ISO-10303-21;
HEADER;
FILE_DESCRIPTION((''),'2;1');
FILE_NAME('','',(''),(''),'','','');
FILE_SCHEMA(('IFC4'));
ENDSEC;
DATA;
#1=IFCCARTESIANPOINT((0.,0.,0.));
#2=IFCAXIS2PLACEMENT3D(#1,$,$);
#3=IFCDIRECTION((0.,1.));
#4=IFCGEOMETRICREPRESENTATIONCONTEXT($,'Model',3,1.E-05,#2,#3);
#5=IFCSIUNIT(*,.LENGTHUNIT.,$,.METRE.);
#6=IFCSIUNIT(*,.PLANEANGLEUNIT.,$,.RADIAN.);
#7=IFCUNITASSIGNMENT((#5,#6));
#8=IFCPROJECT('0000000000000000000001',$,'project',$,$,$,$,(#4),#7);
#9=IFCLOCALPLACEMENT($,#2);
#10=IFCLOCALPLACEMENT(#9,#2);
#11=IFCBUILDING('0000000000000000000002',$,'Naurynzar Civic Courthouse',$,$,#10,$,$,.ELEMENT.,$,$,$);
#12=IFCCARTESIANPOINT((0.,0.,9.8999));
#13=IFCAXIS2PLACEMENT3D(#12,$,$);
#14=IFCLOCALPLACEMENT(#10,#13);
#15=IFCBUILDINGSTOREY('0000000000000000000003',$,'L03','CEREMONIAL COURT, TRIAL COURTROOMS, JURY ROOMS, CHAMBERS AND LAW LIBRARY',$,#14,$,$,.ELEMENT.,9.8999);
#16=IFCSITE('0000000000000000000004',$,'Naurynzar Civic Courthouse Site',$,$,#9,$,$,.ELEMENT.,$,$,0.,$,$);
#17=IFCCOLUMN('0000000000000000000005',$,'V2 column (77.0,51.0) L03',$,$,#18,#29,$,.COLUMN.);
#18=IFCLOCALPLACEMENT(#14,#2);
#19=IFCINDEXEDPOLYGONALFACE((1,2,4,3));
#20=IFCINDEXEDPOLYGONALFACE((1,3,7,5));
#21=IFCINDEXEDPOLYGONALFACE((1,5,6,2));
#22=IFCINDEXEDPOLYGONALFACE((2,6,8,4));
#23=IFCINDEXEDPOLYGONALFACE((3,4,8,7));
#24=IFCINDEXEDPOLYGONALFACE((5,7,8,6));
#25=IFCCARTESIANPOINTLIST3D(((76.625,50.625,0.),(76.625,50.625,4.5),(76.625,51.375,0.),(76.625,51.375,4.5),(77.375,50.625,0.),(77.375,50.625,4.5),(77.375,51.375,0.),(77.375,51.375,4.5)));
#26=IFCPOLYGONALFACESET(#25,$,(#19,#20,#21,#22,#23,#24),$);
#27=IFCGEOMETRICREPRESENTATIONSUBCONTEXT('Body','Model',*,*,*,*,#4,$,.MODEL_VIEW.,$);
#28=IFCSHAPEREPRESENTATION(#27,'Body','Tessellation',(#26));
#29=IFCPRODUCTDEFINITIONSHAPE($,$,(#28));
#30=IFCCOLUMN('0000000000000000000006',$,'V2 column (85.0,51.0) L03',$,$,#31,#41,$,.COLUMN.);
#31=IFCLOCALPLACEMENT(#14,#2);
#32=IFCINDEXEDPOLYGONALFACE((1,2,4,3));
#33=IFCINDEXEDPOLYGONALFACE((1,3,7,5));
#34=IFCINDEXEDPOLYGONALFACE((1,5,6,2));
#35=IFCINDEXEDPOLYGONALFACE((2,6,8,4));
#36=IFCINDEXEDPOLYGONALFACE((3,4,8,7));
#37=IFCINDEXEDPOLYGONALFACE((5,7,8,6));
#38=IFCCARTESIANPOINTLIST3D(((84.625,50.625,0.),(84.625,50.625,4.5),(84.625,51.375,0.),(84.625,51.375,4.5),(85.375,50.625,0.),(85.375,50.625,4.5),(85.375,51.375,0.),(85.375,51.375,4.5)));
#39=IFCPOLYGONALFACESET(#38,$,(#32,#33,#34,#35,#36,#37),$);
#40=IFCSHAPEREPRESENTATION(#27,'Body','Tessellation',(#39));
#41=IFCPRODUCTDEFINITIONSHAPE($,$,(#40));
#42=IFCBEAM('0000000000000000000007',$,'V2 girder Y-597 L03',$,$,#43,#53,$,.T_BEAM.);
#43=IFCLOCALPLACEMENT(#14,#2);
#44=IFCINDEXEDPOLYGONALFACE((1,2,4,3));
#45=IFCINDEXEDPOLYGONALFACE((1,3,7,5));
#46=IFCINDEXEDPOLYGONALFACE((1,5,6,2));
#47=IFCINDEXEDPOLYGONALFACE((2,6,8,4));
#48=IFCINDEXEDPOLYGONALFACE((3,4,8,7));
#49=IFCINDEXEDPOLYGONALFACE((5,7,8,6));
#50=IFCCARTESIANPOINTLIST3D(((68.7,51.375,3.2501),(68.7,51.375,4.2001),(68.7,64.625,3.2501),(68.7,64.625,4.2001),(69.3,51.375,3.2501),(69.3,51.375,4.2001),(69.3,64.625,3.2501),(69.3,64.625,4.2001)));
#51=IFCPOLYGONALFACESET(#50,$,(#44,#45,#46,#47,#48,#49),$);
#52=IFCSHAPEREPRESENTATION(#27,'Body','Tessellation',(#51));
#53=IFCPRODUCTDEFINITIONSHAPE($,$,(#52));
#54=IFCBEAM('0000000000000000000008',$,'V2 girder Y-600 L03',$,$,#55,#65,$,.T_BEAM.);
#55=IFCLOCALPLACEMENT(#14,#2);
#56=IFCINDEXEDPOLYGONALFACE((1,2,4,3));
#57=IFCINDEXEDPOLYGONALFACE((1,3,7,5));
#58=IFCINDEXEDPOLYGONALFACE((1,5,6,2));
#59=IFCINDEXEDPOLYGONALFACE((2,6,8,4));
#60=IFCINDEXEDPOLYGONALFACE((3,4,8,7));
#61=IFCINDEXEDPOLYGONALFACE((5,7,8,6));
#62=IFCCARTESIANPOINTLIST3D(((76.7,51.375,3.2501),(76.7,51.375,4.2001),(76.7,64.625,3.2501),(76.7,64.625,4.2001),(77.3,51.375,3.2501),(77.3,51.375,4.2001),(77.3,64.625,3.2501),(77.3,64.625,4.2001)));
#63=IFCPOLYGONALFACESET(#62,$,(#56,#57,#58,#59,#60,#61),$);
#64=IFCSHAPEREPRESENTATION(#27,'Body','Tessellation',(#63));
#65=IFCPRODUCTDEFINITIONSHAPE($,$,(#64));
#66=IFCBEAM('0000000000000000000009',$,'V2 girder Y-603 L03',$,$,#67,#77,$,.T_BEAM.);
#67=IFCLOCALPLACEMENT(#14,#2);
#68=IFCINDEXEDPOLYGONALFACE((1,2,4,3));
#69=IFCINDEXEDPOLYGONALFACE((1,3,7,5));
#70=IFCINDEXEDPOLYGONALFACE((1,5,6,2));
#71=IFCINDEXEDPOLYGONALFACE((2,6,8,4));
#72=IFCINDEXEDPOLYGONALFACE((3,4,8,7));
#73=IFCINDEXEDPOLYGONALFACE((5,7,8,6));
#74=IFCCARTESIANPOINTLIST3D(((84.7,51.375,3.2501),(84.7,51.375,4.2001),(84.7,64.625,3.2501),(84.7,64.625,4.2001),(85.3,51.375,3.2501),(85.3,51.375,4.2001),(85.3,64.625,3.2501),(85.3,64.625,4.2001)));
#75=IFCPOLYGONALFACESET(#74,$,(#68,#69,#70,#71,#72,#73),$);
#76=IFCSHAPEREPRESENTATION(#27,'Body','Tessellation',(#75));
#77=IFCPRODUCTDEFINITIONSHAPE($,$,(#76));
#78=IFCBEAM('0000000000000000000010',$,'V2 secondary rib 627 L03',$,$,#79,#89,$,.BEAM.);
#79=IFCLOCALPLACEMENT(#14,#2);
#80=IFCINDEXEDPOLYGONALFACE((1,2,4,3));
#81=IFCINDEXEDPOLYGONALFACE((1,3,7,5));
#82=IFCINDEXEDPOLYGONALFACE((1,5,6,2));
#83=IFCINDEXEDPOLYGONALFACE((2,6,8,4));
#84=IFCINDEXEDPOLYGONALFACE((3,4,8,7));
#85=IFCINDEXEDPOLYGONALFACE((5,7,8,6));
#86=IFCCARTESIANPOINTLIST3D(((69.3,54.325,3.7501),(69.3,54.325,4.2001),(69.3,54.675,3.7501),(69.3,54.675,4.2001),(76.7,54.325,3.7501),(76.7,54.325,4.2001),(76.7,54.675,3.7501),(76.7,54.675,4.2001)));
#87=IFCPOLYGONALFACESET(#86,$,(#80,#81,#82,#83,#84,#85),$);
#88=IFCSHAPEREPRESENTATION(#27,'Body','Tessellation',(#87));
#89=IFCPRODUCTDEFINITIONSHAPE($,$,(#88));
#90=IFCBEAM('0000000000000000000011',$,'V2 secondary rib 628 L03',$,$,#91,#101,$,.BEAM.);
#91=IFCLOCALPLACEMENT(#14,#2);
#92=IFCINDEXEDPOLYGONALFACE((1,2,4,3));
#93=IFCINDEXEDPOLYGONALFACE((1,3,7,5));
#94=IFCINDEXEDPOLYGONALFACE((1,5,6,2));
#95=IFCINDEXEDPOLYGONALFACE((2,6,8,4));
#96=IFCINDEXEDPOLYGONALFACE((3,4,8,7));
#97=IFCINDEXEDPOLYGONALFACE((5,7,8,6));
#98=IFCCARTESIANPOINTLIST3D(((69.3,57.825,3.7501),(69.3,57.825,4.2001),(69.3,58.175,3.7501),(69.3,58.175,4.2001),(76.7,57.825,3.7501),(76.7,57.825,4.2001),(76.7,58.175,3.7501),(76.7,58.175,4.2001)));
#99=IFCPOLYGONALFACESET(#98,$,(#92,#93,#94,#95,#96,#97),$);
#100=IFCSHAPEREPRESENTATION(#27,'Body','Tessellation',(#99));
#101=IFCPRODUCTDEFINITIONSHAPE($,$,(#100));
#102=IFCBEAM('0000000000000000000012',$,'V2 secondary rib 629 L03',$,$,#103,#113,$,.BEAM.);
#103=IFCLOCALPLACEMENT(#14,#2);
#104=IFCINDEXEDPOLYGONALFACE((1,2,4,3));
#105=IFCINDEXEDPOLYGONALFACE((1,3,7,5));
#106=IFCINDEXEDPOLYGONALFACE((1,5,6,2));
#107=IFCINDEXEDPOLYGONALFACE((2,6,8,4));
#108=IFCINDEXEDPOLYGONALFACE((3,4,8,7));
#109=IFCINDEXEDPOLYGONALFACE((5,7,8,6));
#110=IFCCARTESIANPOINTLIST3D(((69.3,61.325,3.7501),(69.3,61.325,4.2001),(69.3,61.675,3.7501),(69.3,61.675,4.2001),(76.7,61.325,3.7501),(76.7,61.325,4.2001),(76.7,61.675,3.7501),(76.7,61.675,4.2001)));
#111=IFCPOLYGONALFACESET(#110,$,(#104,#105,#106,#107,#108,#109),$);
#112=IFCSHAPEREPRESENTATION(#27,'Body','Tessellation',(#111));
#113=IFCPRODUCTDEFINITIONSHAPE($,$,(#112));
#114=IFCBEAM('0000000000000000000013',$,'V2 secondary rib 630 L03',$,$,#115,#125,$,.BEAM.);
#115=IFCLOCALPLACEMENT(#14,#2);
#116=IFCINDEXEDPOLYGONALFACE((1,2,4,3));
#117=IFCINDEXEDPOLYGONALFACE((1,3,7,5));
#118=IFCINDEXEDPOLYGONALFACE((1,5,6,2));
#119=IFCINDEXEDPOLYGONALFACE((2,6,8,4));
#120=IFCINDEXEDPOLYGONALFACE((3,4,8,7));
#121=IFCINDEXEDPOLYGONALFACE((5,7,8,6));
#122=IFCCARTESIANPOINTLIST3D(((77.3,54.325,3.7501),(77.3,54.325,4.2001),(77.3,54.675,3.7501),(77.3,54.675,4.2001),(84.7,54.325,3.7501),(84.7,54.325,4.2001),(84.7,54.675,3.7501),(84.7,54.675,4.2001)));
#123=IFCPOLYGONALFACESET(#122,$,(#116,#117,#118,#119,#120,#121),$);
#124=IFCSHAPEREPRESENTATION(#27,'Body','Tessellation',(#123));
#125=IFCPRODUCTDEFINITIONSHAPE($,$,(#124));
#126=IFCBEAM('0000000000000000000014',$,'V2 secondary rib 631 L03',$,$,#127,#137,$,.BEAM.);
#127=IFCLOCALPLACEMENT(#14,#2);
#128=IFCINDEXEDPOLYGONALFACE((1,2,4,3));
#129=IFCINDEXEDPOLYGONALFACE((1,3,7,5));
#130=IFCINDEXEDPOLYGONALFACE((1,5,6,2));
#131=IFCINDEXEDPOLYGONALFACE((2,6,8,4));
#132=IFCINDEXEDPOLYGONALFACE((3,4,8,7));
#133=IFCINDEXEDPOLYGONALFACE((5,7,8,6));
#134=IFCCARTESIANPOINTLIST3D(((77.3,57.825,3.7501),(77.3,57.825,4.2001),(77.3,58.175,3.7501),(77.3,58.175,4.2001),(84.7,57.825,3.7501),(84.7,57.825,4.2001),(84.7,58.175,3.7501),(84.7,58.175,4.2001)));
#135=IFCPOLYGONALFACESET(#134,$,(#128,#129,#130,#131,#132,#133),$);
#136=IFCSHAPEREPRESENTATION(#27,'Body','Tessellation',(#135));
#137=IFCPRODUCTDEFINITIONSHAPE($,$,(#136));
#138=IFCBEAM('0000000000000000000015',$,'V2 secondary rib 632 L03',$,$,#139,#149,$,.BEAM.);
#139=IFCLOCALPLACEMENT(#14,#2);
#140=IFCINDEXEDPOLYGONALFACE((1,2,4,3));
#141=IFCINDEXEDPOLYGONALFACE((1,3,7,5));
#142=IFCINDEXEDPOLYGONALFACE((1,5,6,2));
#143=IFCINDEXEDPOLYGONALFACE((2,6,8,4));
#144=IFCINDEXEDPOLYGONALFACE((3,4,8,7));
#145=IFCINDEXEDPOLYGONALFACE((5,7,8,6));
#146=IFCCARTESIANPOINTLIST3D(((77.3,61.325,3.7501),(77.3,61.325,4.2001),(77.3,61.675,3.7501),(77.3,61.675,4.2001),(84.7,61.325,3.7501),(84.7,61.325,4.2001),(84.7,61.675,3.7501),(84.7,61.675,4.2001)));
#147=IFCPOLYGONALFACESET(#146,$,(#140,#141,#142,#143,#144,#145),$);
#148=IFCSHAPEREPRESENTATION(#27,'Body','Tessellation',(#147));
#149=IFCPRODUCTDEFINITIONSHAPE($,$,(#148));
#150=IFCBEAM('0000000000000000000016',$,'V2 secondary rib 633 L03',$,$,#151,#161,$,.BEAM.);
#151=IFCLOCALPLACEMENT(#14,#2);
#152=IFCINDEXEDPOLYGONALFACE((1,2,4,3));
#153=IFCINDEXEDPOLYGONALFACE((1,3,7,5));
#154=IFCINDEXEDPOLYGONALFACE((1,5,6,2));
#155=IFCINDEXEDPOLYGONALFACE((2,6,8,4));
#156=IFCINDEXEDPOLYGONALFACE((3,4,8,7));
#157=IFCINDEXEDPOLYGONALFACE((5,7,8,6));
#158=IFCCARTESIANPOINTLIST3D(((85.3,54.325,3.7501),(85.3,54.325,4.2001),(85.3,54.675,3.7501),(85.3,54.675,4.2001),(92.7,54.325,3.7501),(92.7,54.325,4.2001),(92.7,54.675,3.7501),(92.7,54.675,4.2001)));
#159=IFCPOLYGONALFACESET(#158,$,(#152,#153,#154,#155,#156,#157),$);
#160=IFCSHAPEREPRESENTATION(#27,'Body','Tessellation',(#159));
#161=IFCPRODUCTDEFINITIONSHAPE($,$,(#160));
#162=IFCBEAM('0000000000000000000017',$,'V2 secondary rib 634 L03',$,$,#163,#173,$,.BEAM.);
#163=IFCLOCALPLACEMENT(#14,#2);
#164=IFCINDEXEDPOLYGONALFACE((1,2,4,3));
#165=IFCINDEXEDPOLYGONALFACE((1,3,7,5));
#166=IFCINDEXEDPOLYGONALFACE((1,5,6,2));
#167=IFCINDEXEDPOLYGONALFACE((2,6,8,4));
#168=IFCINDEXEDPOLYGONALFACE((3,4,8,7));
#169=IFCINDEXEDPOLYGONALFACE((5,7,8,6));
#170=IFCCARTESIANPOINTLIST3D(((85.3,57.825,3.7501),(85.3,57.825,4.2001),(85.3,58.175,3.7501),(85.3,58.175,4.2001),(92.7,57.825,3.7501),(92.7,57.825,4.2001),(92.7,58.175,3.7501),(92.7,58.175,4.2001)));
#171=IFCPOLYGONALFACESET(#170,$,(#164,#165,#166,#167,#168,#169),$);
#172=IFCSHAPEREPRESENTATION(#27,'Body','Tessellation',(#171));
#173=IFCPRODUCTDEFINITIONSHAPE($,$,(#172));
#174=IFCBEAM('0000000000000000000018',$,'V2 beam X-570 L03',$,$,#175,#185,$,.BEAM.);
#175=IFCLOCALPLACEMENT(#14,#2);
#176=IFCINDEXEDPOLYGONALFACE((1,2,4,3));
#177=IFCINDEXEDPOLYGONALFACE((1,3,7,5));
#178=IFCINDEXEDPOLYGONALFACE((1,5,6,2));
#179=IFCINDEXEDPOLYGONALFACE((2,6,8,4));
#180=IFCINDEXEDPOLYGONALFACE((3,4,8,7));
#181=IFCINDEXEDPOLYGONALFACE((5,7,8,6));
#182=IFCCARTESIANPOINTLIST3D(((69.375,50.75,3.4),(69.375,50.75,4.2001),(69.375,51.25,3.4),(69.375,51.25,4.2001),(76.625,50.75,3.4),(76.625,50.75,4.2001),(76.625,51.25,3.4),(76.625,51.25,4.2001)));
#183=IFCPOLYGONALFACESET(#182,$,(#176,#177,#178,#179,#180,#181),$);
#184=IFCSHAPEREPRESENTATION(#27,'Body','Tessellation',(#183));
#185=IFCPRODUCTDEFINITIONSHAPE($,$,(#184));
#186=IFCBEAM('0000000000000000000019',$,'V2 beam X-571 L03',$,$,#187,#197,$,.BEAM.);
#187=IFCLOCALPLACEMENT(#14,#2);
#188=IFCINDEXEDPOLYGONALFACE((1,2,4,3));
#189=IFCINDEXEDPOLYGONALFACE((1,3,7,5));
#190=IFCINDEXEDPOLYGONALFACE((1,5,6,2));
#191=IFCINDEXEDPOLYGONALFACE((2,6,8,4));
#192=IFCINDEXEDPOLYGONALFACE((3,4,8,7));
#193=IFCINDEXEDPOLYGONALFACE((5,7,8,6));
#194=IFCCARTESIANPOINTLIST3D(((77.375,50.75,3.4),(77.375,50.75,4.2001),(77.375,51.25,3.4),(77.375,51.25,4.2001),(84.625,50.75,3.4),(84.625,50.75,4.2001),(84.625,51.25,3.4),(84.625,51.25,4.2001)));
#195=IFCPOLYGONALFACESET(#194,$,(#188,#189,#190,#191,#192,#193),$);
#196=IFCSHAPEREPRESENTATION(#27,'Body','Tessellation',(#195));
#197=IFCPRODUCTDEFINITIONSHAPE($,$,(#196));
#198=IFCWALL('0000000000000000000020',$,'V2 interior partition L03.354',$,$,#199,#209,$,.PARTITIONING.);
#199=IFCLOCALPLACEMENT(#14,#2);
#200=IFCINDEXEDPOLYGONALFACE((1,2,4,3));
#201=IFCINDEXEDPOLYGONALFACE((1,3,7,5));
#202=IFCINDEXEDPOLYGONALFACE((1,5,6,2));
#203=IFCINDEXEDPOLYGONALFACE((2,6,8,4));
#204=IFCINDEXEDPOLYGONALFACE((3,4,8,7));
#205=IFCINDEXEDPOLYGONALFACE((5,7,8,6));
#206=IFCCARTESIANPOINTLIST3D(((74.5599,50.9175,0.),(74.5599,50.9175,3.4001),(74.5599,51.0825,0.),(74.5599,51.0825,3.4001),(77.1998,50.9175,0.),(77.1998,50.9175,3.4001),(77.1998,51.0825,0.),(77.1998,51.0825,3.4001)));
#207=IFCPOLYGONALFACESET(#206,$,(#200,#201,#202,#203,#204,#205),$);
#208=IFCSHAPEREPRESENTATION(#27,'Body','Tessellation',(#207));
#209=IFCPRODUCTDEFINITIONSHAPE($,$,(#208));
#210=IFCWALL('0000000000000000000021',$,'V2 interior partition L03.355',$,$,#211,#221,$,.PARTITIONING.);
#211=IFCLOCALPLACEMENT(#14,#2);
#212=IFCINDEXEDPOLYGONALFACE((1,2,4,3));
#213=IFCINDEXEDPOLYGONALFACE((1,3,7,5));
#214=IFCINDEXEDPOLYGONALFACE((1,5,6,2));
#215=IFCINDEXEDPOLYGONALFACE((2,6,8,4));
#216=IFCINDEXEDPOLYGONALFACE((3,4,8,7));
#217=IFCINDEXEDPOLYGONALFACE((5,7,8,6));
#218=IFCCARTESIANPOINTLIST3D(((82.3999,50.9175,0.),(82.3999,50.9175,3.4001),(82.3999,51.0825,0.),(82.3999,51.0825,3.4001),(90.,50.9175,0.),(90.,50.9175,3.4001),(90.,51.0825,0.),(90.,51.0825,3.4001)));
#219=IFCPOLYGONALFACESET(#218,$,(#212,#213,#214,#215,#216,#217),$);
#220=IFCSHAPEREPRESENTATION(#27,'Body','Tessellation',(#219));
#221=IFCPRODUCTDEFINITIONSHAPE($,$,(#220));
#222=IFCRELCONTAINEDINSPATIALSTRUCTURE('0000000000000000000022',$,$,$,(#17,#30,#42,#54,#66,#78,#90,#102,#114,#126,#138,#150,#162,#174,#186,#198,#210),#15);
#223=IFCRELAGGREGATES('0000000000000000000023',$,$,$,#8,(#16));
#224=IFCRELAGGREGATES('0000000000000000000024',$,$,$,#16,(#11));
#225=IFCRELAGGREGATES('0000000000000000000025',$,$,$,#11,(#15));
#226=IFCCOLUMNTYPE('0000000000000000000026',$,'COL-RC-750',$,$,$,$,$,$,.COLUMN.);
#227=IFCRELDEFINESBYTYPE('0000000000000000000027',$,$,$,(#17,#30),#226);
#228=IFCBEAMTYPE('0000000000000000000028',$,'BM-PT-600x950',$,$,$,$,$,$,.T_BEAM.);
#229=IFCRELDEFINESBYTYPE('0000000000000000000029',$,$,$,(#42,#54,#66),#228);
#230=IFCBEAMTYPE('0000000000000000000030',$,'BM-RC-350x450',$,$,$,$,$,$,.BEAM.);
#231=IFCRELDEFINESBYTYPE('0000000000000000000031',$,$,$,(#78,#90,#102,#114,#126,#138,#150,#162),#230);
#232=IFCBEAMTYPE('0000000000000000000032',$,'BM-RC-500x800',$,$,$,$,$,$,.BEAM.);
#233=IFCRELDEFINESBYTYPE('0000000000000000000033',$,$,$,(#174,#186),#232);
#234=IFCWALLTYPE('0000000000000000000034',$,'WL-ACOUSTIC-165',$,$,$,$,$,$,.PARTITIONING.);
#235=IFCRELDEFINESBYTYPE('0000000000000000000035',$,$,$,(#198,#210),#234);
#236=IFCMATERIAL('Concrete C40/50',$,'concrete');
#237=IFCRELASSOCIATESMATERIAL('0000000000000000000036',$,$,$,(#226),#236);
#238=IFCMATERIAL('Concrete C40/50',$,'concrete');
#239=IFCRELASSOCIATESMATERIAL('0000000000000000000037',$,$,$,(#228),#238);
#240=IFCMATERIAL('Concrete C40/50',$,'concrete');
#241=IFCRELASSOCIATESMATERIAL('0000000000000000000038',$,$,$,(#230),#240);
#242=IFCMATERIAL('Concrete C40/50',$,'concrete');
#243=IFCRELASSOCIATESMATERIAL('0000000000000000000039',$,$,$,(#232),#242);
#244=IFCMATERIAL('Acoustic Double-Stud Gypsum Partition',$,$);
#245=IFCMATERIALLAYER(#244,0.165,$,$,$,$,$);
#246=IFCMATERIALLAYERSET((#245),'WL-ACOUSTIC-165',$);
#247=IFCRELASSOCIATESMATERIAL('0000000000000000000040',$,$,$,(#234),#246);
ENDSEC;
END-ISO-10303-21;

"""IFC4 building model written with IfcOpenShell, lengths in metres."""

from ifc_helpers import new_model, si_unit, direction, frame, frame_2d, origin, origin_2d, place, context, subcontext, project, spatial, rectangle, extrude, material, layer, layer_set, material_profile, profile_set, type_object, element, save


model = new_model("IFC4")

# Units and contexts
model_context = context("Model", 3, precision=1e-05, world=origin(), true_north=direction((0.0, 1.0)))
body_context = subcontext(model_context, "Body", "Model", "MODEL_VIEW")
ifc_project = project(units=[si_unit("LENGTHUNIT", "METRE"), si_unit("PLANEANGLEUNIT", "RADIAN")], contexts=[model_context])

# Site, building, storey
site_placement = place(None, origin())
site = spatial("IfcSite", under=ifc_project, at=site_placement, Name="Naurynzar Civic Courthouse Site", CompositionType="ELEMENT", RefElevation=0.0)
building_placement = place(site_placement, origin())
building = spatial("IfcBuilding", under=site, at=building_placement, Name="Naurynzar Civic Courthouse", CompositionType="ELEMENT")
storey_placement = place(building_placement, frame((0.0, 0.0, 9.8999)))
storey = spatial("IfcBuildingStorey", under=building, at=storey_placement, Name="L03", Description="CEREMONIAL COURT, TRIAL COURTROOMS, JURY ROOMS, CHAMBERS AND LAW LIBRARY", CompositionType="ELEMENT", Elevation=9.8999)

# Columns
ifc_material_1 = material(Name="Concrete C40/50", Category="concrete")
ifc_material_profile_1 = material_profile(ifc_material_1, rectangle(XDim=0.75, YDim=0.75, at=origin_2d()), Name="RC 750x750")
ifc_profile_set_1 = profile_set([ifc_material_profile_1], Name="Concrete C40/50")
column_type = type_object("IfcColumnType", Name="COL-RC-750", PredefinedType="COLUMN", material=ifc_profile_set_1)
for number, where, z_axis, x_axis, name in (
    (1, (77.0, 51.0, 0.0), (0.0, 0.0, 1.0), (1.0, 0.0, 0.0), "V2 column (77.0,51.0) L03"),
    (2, (85.0, 51.0, 0.0), (0.0, 0.0, 1.0), (1.0, 0.0, 0.0), "V2 column (85.0,51.0) L03"),
):
    element("IfcColumn", number, at=place(storey_placement, frame(where, z_axis=z_axis, x_axis=x_axis)), inside=storey, type_object=column_type, Name=name, PredefinedType="COLUMN", context=body_context, shape_type="SweptSolid", body=[
        extrude(rectangle(XDim=0.75, YDim=0.75, at=origin_2d()), origin(), (0.0, 0.0, 1.0), 4.5),
    ])

# Beams
ifc_material_2 = material(Name="Concrete C40/50", Category="concrete")
ifc_material_profile_2 = material_profile(ifc_material_2, rectangle(XDim=0.6001, YDim=0.95, at=origin_2d()), Name="PTB 600x950")
ifc_profile_set_2 = profile_set([ifc_material_profile_2], Name="Concrete C40/50")
beam_type_1 = type_object("IfcBeamType", Name="BM-PT-600x950", PredefinedType="T_BEAM", material=ifc_profile_set_2)
for number, where, z_axis, x_axis, name in (
    (3, (69.0, 51.375, 3.7251), (0.0, 1.0, 0.0), (-1.0, 0.0, 0.0), "V2 girder Y-597 L03"),
    (4, (77.0, 51.375, 3.7251), (0.0, 1.0, 0.0), (-1.0, 0.0, 0.0), "V2 girder Y-600 L03"),
    (5, (85.0, 51.375, 3.7251), (0.0, 1.0, 0.0), (-1.0, 0.0, 0.0), "V2 girder Y-603 L03"),
):
    element("IfcBeam", number, at=place(storey_placement, frame(where, z_axis=z_axis, x_axis=x_axis)), inside=storey, type_object=beam_type_1, Name=name, PredefinedType="T_BEAM", context=body_context, shape_type="SweptSolid", body=[
        extrude(rectangle(XDim=0.6001, YDim=0.95, at=origin_2d()), origin(), (0.0, 0.0, 1.0), 13.25),
    ])
ifc_material_3 = material(Name="Concrete C40/50", Category="concrete")
ifc_material_profile_3 = material_profile(ifc_material_3, rectangle(XDim=0.3501, YDim=0.45, at=origin_2d()), Name="RCB 350x450")
ifc_profile_set_3 = profile_set([ifc_material_profile_3], Name="Concrete C40/50")
beam_type_2 = type_object("IfcBeamType", Name="BM-RC-350x450", PredefinedType="BEAM", material=ifc_profile_set_3)
for number, where, z_axis, x_axis, name in (
    (6, (69.3, 54.5, 3.9751), (1.0, 0.0, 0.0), (0.0, 1.0, 0.0), "V2 secondary rib 627 L03"),
    (7, (69.3, 58.0, 3.9751), (1.0, 0.0, 0.0), (0.0, 1.0, 0.0), "V2 secondary rib 628 L03"),
    (8, (69.3, 61.5, 3.9751), (1.0, 0.0, 0.0), (0.0, 1.0, 0.0), "V2 secondary rib 629 L03"),
    (9, (77.3, 54.5, 3.9751), (1.0, 0.0, 0.0), (0.0, 1.0, 0.0), "V2 secondary rib 630 L03"),
    (10, (77.3, 58.0, 3.9751), (1.0, 0.0, 0.0), (0.0, 1.0, 0.0), "V2 secondary rib 631 L03"),
    (11, (77.3, 61.5, 3.9751), (1.0, 0.0, 0.0), (0.0, 1.0, 0.0), "V2 secondary rib 632 L03"),
    (12, (85.3, 54.5, 3.9751), (1.0, 0.0, 0.0), (0.0, 1.0, 0.0), "V2 secondary rib 633 L03"),
    (13, (85.3, 58.0, 3.9751), (1.0, 0.0, 0.0), (0.0, 1.0, 0.0), "V2 secondary rib 634 L03"),
):
    element("IfcBeam", number, at=place(storey_placement, frame(where, z_axis=z_axis, x_axis=x_axis)), inside=storey, type_object=beam_type_2, Name=name, PredefinedType="BEAM", context=body_context, shape_type="SweptSolid", body=[
        extrude(rectangle(XDim=0.3501, YDim=0.45, at=origin_2d()), origin(), (0.0, 0.0, 1.0), 7.3999),
    ])
ifc_material_4 = material(Name="Concrete C40/50", Category="concrete")
ifc_material_profile_4 = material_profile(ifc_material_4, rectangle(XDim=0.5, YDim=0.8, at=origin_2d()), Name="RCB 500x800")
ifc_profile_set_4 = profile_set([ifc_material_profile_4], Name="Concrete C40/50")
beam_type_3 = type_object("IfcBeamType", Name="BM-RC-500x800", PredefinedType="BEAM", material=ifc_profile_set_4)
for number, where, z_axis, x_axis, name in (
    (14, (69.375, 51.0, 3.8), (1.0, 0.0, 0.0), (0.0, 1.0, 0.0), "V2 beam X-570 L03"),
    (15, (77.375, 51.0, 3.8), (1.0, 0.0, 0.0), (0.0, 1.0, 0.0), "V2 beam X-571 L03"),
):
    element("IfcBeam", number, at=place(storey_placement, frame(where, z_axis=z_axis, x_axis=x_axis)), inside=storey, type_object=beam_type_3, Name=name, PredefinedType="BEAM", context=body_context, shape_type="SweptSolid", body=[
        extrude(rectangle(XDim=0.5, YDim=0.8, at=origin_2d()), origin(), (0.0, 0.0, 1.0), 7.25),
    ])

# Walls
ifc_material_5 = material(Name="Acoustic Double-Stud Gypsum Partition")
ifc_layer = layer(ifc_material_5, 0.165)
ifc_layer_set = layer_set([ifc_layer], Name="WL-ACOUSTIC-165")
wall_type = type_object("IfcWallType", Name="WL-ACOUSTIC-165", PredefinedType="PARTITIONING", material=ifc_layer_set)
wall_1_placement = place(storey_placement, frame((74.5601, 51.0, 0.0), z_axis=(0.0, 0.0, 1.0), x_axis=(1.0, 0.0, 0.0)))
element("IfcWall", 16, at=wall_1_placement, inside=storey, type_object=wall_type, Name="V2 interior partition L03.354", PredefinedType="PARTITIONING", context=body_context, shape_type="SweptSolid", body=[
    extrude(rectangle(XDim=2.6399, YDim=0.165, at=frame_2d((1.3198, 0.0))), origin(), (0.0, 0.0, 1.0), 3.4001),
])
wall_2_placement = place(storey_placement, frame((82.3999, 51.0, 0.0), z_axis=(0.0, 0.0, 1.0), x_axis=(1.0, 0.0, 0.0)))
element("IfcWall", 17, at=wall_2_placement, inside=storey, type_object=wall_type, Name="V2 interior partition L03.355", PredefinedType="PARTITIONING", context=body_context, shape_type="SweptSolid", body=[
    extrude(rectangle(XDim=7.6001, YDim=0.165, at=frame_2d((3.8, 0.0))), origin(), (0.0, 0.0, 1.0), 3.4001),
])

save(model, "model.ifc")
